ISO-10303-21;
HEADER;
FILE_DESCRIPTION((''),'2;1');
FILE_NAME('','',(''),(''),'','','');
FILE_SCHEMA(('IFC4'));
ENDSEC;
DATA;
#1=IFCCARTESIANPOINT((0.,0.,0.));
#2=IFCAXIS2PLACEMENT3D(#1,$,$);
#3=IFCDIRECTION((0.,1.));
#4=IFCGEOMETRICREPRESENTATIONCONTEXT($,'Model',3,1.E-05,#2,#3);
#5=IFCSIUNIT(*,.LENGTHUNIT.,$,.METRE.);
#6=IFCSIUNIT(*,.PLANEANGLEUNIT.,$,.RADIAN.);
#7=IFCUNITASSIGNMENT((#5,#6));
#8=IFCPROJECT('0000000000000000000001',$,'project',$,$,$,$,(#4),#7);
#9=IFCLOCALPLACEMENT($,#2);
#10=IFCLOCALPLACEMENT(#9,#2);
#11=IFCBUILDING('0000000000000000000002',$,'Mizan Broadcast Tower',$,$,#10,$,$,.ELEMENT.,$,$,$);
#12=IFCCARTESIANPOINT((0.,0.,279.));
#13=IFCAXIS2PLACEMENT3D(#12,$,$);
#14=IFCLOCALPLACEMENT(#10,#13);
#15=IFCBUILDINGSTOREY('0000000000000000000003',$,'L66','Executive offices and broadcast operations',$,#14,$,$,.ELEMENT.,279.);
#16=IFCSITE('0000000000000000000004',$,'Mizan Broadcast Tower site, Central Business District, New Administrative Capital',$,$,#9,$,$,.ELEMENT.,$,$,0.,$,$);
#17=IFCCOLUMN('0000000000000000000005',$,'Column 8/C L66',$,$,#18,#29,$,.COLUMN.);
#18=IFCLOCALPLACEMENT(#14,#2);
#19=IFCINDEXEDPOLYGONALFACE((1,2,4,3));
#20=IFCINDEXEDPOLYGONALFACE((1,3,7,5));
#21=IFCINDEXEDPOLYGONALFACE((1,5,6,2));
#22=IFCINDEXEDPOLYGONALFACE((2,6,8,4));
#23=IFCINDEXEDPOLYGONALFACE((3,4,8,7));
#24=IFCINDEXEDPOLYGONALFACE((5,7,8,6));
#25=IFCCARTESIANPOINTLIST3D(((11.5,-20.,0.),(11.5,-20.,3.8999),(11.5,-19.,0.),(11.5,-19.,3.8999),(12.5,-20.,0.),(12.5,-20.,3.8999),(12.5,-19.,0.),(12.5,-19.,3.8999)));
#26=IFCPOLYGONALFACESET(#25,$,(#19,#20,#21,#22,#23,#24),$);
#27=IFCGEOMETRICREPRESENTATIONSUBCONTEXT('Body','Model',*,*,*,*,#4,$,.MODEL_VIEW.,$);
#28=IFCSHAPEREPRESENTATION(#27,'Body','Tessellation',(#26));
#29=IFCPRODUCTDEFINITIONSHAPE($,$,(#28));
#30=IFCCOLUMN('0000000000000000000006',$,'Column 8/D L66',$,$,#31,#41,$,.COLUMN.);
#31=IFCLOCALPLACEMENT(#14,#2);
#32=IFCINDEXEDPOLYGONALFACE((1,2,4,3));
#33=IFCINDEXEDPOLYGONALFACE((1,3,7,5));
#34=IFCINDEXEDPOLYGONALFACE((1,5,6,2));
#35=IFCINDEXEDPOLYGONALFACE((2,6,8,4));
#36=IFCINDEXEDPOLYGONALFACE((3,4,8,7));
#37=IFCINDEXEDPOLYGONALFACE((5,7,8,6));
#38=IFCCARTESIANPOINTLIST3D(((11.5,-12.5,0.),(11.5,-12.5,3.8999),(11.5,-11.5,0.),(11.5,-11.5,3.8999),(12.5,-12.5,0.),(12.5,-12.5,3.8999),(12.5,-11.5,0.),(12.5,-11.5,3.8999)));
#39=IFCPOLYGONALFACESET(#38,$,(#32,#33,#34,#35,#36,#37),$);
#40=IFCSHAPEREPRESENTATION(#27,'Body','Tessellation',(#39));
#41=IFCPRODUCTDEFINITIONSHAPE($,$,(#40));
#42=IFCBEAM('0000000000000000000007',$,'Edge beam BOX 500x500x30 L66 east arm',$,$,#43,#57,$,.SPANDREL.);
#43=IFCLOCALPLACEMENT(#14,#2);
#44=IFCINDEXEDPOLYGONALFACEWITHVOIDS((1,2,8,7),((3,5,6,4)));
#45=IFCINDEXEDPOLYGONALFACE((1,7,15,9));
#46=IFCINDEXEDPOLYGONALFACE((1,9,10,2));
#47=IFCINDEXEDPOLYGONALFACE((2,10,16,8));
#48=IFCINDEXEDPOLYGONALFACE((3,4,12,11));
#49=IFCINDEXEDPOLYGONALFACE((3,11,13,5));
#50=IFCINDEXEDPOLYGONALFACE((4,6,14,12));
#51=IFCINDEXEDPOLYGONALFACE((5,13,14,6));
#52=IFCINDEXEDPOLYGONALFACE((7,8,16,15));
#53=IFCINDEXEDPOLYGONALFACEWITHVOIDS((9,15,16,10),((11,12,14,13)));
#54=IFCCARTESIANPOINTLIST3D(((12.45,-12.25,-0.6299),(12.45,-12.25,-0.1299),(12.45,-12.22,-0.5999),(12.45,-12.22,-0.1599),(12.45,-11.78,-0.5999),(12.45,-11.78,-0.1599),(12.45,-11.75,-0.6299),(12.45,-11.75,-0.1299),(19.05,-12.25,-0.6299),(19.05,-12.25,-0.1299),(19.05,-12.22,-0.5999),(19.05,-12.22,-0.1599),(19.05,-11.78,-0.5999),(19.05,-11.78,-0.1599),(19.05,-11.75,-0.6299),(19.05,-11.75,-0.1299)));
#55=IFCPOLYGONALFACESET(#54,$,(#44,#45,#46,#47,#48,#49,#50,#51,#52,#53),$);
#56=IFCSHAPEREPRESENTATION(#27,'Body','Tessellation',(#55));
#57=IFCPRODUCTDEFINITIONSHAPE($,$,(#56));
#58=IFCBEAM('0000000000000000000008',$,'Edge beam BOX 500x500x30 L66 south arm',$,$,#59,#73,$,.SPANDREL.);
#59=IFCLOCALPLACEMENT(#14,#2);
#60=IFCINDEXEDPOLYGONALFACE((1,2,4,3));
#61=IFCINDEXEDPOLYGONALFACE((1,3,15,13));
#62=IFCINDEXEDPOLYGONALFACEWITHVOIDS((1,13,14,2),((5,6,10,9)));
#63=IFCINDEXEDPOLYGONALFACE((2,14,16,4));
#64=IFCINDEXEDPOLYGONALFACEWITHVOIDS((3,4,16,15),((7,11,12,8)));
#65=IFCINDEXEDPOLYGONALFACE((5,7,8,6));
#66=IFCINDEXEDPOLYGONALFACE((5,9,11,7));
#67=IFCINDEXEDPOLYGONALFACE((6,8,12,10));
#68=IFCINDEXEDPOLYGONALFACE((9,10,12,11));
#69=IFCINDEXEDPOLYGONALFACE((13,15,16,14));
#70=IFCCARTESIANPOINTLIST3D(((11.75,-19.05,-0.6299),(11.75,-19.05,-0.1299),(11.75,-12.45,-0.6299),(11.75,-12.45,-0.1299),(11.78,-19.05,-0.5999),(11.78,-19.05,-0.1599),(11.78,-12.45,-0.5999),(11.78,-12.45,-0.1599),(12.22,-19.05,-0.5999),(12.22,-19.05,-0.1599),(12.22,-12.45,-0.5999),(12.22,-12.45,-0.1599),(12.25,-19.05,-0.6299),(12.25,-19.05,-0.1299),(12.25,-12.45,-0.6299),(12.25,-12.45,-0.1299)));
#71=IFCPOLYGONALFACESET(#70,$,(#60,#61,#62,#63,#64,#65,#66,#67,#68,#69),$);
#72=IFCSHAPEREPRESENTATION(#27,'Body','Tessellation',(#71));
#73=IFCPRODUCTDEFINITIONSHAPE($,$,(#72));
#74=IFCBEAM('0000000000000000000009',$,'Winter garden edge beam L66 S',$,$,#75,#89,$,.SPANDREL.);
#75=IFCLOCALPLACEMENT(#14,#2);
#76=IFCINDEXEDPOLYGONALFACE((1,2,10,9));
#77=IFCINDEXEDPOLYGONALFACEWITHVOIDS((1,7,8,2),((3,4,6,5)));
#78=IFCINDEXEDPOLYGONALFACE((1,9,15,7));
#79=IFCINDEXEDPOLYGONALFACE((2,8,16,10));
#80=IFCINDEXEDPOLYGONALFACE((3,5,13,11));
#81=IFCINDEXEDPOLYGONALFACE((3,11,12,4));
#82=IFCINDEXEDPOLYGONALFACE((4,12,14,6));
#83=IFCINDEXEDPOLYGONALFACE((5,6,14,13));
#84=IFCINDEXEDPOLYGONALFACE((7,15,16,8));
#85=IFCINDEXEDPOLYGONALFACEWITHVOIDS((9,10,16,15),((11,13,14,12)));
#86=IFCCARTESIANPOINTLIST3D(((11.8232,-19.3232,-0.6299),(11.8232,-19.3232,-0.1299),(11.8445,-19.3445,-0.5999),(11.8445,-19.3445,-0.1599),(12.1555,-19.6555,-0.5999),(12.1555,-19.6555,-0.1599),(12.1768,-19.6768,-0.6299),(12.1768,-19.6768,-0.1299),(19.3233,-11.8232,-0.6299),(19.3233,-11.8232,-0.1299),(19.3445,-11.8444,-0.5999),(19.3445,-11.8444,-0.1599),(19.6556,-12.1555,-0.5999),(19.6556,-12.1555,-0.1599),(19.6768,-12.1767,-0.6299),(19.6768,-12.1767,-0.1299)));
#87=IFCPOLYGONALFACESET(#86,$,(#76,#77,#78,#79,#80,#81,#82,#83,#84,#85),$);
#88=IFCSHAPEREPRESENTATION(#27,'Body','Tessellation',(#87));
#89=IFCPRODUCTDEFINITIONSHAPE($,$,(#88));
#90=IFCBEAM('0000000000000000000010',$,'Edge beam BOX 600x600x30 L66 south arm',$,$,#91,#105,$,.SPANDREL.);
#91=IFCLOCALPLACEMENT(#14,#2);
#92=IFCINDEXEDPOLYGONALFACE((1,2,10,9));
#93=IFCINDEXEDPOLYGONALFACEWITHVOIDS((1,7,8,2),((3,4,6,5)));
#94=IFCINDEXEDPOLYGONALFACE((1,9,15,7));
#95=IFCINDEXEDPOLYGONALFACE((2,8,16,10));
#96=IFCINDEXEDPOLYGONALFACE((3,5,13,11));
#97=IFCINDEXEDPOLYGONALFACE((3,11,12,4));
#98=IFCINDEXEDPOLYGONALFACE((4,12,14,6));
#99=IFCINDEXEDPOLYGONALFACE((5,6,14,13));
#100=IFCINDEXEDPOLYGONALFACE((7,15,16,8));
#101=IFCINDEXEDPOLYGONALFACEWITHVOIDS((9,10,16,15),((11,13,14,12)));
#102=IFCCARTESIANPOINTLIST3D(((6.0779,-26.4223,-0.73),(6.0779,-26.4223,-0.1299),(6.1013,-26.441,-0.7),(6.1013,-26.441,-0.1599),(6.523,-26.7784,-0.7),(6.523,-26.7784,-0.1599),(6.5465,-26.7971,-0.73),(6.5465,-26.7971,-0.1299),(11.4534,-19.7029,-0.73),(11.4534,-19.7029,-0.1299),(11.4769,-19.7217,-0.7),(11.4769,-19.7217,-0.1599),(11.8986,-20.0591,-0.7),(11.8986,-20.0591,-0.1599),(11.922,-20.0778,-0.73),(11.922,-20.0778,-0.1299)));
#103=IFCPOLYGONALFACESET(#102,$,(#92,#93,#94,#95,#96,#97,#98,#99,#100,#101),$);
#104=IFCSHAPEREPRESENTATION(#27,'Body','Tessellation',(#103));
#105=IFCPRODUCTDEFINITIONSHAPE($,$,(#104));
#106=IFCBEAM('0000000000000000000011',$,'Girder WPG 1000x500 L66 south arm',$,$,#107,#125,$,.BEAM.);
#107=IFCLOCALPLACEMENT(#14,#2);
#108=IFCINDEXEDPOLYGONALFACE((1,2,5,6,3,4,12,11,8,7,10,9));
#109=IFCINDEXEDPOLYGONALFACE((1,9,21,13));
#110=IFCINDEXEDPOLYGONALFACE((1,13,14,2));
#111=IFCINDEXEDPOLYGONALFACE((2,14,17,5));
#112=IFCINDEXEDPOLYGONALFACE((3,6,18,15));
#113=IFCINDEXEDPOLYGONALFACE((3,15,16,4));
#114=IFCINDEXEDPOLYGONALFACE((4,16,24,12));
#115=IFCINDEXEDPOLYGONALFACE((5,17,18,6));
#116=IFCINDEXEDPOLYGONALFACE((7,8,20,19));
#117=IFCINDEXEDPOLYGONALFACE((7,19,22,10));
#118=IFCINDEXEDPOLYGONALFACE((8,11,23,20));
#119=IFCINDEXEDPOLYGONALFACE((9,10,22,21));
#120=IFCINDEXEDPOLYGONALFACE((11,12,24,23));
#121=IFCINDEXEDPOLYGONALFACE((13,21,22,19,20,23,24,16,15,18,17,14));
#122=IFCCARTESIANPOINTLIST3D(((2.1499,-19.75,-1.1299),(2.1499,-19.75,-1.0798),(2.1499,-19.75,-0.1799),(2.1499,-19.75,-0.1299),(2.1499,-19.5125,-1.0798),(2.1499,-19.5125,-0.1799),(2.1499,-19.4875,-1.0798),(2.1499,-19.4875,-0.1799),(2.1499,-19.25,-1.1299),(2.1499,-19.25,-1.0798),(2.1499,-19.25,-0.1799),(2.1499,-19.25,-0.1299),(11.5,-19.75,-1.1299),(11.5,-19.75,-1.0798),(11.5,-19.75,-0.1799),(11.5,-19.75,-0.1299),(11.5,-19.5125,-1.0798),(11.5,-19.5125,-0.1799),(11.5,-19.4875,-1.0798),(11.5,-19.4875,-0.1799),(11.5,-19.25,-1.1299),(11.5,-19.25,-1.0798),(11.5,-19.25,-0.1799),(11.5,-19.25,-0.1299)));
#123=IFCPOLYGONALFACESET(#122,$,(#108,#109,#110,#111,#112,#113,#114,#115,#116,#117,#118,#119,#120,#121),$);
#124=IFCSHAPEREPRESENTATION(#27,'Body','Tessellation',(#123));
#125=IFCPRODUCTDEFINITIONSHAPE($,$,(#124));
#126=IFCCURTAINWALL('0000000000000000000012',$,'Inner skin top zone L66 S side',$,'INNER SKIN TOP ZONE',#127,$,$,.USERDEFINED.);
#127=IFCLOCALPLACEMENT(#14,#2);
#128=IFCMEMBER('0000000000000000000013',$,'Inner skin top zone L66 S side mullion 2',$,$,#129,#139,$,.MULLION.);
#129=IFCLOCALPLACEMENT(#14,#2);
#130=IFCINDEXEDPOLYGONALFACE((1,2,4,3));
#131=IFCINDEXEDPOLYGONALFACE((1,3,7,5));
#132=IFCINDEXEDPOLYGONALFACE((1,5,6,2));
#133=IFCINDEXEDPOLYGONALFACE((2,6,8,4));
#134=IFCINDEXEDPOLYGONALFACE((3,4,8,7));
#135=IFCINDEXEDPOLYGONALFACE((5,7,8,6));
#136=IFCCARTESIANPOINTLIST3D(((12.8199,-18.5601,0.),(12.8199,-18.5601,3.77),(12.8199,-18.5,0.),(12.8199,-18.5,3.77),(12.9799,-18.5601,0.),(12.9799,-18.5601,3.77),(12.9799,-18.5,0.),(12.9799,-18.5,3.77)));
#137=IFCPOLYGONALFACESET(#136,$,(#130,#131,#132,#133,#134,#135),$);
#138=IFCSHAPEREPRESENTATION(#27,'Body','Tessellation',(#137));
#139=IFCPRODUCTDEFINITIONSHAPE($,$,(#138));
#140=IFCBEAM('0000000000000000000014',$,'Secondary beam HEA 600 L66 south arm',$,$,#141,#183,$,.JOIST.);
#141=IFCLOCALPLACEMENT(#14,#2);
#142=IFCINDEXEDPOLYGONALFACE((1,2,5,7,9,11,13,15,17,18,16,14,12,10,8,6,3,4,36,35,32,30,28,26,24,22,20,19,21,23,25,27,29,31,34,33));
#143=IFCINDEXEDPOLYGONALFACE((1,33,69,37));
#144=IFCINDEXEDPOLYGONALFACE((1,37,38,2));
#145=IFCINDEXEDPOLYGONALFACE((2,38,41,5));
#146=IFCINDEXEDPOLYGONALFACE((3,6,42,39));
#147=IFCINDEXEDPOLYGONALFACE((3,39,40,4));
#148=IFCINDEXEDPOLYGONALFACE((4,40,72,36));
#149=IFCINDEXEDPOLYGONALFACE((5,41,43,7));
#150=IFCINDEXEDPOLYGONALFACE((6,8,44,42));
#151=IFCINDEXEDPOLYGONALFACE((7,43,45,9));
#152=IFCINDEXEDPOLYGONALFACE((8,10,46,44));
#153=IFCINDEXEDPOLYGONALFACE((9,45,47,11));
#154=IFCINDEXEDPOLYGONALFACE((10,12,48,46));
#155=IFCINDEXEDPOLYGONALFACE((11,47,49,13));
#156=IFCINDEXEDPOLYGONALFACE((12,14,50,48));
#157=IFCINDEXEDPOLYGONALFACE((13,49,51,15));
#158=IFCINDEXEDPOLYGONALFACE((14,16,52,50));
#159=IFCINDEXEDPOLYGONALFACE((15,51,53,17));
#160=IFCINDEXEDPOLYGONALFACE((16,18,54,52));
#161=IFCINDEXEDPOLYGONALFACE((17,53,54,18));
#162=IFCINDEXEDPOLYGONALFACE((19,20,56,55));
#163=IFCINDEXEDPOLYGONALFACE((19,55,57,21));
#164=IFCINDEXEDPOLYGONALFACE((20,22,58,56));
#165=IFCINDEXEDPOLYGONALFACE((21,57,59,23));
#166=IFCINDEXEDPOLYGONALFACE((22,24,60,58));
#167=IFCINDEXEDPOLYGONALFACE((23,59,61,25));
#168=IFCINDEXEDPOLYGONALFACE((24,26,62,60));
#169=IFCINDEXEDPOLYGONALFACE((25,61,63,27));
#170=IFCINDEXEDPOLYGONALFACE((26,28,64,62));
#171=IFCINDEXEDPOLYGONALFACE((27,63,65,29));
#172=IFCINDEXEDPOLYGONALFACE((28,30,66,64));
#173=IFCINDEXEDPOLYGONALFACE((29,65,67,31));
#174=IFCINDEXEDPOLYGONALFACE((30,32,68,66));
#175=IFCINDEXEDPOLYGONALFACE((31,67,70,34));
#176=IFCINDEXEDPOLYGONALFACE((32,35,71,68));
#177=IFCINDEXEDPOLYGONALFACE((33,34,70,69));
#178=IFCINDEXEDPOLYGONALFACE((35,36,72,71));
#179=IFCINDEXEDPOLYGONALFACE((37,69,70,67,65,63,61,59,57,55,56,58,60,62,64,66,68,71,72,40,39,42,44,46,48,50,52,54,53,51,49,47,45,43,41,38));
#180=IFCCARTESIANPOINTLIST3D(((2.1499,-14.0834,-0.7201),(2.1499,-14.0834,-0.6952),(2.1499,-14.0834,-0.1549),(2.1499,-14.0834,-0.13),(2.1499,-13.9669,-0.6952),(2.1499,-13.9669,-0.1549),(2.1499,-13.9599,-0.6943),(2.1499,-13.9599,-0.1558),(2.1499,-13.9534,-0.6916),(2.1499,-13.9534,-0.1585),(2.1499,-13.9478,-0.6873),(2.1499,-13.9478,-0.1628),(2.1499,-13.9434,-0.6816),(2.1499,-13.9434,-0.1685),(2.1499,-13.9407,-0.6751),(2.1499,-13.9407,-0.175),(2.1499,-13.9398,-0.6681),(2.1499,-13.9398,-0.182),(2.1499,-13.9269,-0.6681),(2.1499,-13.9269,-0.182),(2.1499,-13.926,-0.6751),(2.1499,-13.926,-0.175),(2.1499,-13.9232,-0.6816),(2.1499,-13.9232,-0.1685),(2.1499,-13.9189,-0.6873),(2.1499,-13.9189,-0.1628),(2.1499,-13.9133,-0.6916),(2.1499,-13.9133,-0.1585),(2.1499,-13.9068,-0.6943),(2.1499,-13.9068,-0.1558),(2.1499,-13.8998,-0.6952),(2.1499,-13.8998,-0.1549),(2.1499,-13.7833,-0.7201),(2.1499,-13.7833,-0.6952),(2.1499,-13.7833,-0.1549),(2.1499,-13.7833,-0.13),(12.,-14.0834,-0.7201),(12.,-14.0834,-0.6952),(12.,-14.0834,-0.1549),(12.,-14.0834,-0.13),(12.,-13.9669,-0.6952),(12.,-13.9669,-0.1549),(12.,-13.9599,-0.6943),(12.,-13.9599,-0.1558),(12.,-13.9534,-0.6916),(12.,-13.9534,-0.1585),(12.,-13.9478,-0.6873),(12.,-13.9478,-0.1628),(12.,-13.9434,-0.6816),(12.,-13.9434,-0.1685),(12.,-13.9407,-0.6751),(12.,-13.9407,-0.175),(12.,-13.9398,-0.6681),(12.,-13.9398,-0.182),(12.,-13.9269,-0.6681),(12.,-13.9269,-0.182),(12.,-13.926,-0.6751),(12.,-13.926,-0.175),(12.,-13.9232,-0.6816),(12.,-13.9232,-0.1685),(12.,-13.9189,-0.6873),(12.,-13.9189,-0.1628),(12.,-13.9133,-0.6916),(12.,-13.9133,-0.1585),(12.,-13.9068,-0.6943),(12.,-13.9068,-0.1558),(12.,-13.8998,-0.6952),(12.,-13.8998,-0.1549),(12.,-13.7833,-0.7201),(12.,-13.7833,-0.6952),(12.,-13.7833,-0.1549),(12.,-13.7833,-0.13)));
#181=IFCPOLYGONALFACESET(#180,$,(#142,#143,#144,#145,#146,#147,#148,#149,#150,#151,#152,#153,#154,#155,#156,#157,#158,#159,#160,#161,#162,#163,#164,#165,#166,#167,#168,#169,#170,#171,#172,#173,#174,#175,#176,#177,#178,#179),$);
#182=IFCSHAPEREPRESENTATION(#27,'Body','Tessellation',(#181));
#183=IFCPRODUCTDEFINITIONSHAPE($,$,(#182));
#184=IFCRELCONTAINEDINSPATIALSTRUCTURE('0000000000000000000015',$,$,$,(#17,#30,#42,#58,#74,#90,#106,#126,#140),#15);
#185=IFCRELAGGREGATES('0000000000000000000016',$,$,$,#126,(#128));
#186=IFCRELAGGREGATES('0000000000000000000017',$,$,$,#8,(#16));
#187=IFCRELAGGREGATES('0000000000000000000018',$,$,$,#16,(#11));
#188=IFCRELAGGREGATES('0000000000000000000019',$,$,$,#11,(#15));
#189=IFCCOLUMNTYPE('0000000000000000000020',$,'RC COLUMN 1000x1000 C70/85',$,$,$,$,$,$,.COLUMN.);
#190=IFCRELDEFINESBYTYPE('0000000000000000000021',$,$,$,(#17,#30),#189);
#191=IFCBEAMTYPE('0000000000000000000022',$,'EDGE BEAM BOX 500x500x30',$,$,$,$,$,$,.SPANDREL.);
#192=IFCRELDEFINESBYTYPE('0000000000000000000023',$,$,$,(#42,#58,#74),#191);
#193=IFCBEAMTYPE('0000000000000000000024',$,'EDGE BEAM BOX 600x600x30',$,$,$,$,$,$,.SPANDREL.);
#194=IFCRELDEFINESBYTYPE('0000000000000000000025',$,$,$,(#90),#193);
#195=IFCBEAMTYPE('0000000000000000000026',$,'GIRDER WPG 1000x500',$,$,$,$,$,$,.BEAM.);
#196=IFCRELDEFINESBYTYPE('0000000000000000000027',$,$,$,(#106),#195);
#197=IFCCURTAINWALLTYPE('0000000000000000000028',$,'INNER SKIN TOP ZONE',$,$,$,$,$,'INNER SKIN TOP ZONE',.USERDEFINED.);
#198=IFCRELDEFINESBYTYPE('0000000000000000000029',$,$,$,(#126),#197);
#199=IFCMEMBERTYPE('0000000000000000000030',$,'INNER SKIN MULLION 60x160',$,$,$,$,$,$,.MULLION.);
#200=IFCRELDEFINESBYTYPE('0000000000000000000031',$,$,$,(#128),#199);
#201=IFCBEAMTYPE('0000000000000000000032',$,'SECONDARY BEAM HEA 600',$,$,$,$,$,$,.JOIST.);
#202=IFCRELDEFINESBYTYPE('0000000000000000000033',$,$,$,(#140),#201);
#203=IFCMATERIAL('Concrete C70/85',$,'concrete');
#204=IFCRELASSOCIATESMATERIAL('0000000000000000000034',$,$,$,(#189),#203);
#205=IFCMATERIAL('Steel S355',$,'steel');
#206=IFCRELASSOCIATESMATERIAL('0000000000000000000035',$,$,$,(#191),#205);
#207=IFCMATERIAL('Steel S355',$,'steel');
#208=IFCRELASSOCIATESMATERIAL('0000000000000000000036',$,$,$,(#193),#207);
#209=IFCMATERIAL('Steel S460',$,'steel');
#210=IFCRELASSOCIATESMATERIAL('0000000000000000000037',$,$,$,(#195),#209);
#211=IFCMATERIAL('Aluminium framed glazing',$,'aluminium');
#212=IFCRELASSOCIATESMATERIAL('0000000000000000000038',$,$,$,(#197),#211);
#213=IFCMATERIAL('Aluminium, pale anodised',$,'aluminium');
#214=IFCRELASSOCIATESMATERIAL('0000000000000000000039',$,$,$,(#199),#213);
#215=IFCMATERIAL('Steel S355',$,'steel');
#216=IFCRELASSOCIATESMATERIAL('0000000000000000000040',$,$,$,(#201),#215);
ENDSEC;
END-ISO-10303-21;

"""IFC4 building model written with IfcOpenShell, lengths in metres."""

from ifc_helpers import new_model, si_unit, direction, frame, origin, origin_2d, place, context, subcontext, project, spatial, rectangle, hollow_rectangle, i_section, extrude, material, material_profile, profile_set, type_object, element, aggregate, save


model = new_model("IFC4")

# Units and contexts
model_context = context("Model", 3, precision=1e-05, world=origin(), true_north=direction((0.0, 1.0)))
body_context = subcontext(model_context, "Body", "Model", "MODEL_VIEW")
ifc_project = project(units=[si_unit("LENGTHUNIT", "METRE"), si_unit("PLANEANGLEUNIT", "RADIAN")], contexts=[model_context])

# Site, building, storey
site_placement = place(None, origin())
site = spatial("IfcSite", under=ifc_project, at=site_placement, Name="Mizan Broadcast Tower site, Central Business District, New Administrative Capital", CompositionType="ELEMENT", RefElevation=0.0)
building_placement = place(site_placement, origin())
building = spatial("IfcBuilding", under=site, at=building_placement, Name="Mizan Broadcast Tower", CompositionType="ELEMENT")
storey_placement = place(building_placement, frame((0.0, 0.0, 279.0)))
storey = spatial("IfcBuildingStorey", under=building, at=storey_placement, Name="L66", Description="Executive offices and broadcast operations", CompositionType="ELEMENT", Elevation=279.0)

# Columns
ifc_material_1 = material(Name="Concrete C70/85", Category="concrete")
ifc_material_profile_1 = material_profile(ifc_material_1, rectangle(XDim=1.0, YDim=1.0, at=origin_2d()), Name="RC 1000x1000")
ifc_profile_set_1 = profile_set([ifc_material_profile_1], Name="Concrete C70/85")
column_type = type_object("IfcColumnType", Name="RC COLUMN 1000x1000 C70/85", PredefinedType="COLUMN", material=ifc_profile_set_1)
for number, where, z_axis, x_axis, name in (
    (1, (12.0, -19.5, 0.0), (0.0, 0.0, 1.0), (1.0, 0.0, 0.0), "Column 8/C L66"),
    (2, (12.0, -12.0, 0.0), (0.0, 0.0, 1.0), (1.0, 0.0, 0.0), "Column 8/D L66"),
):
    element("IfcColumn", number, at=place(storey_placement, frame(where, z_axis=z_axis, x_axis=x_axis)), inside=storey, type_object=column_type, Name=name, PredefinedType="COLUMN", context=body_context, shape_type="SweptSolid", body=[
        extrude(rectangle(XDim=1.0, YDim=1.0, at=origin_2d()), origin(), (0.0, 0.0, 1.0), 3.8999),
    ])

# Beams
ifc_material_2 = material(Name="Steel S355", Category="steel")
ifc_material_profile_2 = material_profile(ifc_material_2, hollow_rectangle(XDim=0.5, YDim=0.5, WallThickness=0.03, at=origin_2d()), Name="BOX 500x500x30")
ifc_profile_set_2 = profile_set([ifc_material_profile_2], Name="Steel S355")
beam_type_1 = type_object("IfcBeamType", Name="EDGE BEAM BOX 500x500x30", PredefinedType="SPANDREL", material=ifc_profile_set_2)
for number, where, z_axis, x_axis, name in (
    (3, (12.45, -12.0, -0.3799), (1.0, 0.0, 0.0), (0.0, 1.0, 0.0), "Edge beam BOX 500x500x30 L66 east arm"),
    (4, (12.0, -12.45, -0.3799), (0.0, -1.0, 0.0), (1.0, 0.0, 0.0), "Edge beam BOX 500x500x30 L66 south arm"),
):
    element("IfcBeam", number, at=place(storey_placement, frame(where, z_axis=z_axis, x_axis=x_axis)), inside=storey, type_object=beam_type_1, Name=name, PredefinedType="SPANDREL", context=body_context, shape_type="SweptSolid", body=[
        extrude(hollow_rectangle(XDim=0.5, YDim=0.5, WallThickness=0.03, at=origin_2d()), origin(), (0.0, 0.0, 1.0), 6.6001),
    ])
beam_1_placement = place(storey_placement, frame((12.0, -19.5, -0.3799), z_axis=(0.707107, 0.707107, 0.0), x_axis=(-0.707107, 0.707107, 0.0)))
element("IfcBeam", 5, at=beam_1_placement, inside=storey, type_object=beam_type_1, Name="Winter garden edge beam L66 S", PredefinedType="SPANDREL", context=body_context, shape_type="SweptSolid", body=[
    extrude(hollow_rectangle(XDim=0.5, YDim=0.5, WallThickness=0.03, at=origin_2d()), origin(), (0.0, 0.0, 1.0), 10.6067),
])
ifc_material_3 = material(Name="Steel S355", Category="steel")
ifc_material_profile_3 = material_profile(ifc_material_3, hollow_rectangle(XDim=0.6001, YDim=0.6001, WallThickness=0.03, at=origin_2d()), Name="BOX 600x600x30")
ifc_profile_set_3 = profile_set([ifc_material_profile_3], Name="Steel S355")
beam_type_2 = type_object("IfcBeamType", Name="EDGE BEAM BOX 600x600x30", PredefinedType="SPANDREL", material=ifc_profile_set_3)
beam_2_placement = place(storey_placement, frame((11.6877, -19.8904, -0.4299), z_axis=(-0.624702, -0.780863, 0.0), x_axis=(0.780863, -0.624702, 0.0)))
element("IfcBeam", 6, at=beam_2_placement, inside=storey, type_object=beam_type_2, Name="Edge beam BOX 600x600x30 L66 south arm", PredefinedType="SPANDREL", context=body_context, shape_type="SweptSolid", body=[
    extrude(hollow_rectangle(XDim=0.6001, YDim=0.6001, WallThickness=0.03, at=origin_2d()), origin(), (0.0, 0.0, 1.0), 8.605),
])
ifc_material_4 = material(Name="Steel S460", Category="steel")
ifc_material_profile_4 = material_profile(ifc_material_4, i_section(OverallWidth=0.5, OverallDepth=1.0, WebThickness=0.0249, FlangeThickness=0.05, at=origin_2d()), Name="WPG 1000x500")
ifc_profile_set_4 = profile_set([ifc_material_profile_4], Name="Steel S460")
beam_type_3 = type_object("IfcBeamType", Name="GIRDER WPG 1000x500", PredefinedType="BEAM", material=ifc_profile_set_4)
beam_3_placement = place(storey_placement, frame((11.5, -19.5, -0.6299), z_axis=(-1.0, 0.0, 0.0), x_axis=(0.0, -1.0, 0.0)))
element("IfcBeam", 7, at=beam_3_placement, inside=storey, type_object=beam_type_3, Name="Girder WPG 1000x500 L66 south arm", PredefinedType="BEAM", context=body_context, shape_type="SweptSolid", body=[
    extrude(i_section(OverallWidth=0.5, OverallDepth=1.0, WebThickness=0.0249, FlangeThickness=0.05, at=origin_2d()), origin(), (0.0, 0.0, 1.0), 9.3501),
])

# Curtain wall, member
ifc_material_5 = material(Name="Aluminium framed glazing", Category="aluminium")
curtain_wall_type = type_object("IfcCurtainWallType", Name="INNER SKIN TOP ZONE", ElementType="INNER SKIN TOP ZONE", PredefinedType="USERDEFINED", material=ifc_material_5)
curtain_wall_placement = place(storey_placement, origin())
curtain_wall = element("IfcCurtainWall", 8, at=curtain_wall_placement, inside=storey, type_object=curtain_wall_type, Name="Inner skin top zone L66 S side", ObjectType="INNER SKIN TOP ZONE", PredefinedType="USERDEFINED")
ifc_material_6 = material(Name="Aluminium, pale anodised", Category="aluminium")
ifc_material_profile_5 = material_profile(ifc_material_6, rectangle(XDim=0.1599, YDim=0.0601, at=origin_2d()), Name="MULLION 160x60")
ifc_profile_set_5 = profile_set([ifc_material_profile_5], Name="Aluminium, pale anodised")
member_type = type_object("IfcMemberType", Name="INNER SKIN MULLION 60x160", PredefinedType="MULLION", material=ifc_profile_set_5)
member_placement = place(storey_placement, frame((12.8999, -18.53, 0.0), z_axis=(0.0, 0.0, 1.0), x_axis=(-1.0, 0.0, 0.0)))
member = element("IfcMember", 9, at=member_placement, type_object=member_type, Name="Inner skin top zone L66 S side mullion 2", PredefinedType="MULLION", context=body_context, shape_type="SweptSolid", body=[
    extrude(rectangle(XDim=0.1599, YDim=0.0601, at=origin_2d()), origin(), (0.0, 0.0, 1.0), 3.77),
])

# Beam
ifc_material_7 = material(Name="Steel S355", Category="steel")
ifc_material_profile_6 = material_profile(ifc_material_7, i_section(OverallWidth=0.3, OverallDepth=0.5901, WebThickness=0.0129, FlangeThickness=0.0249, FilletRadius=0.0271, at=origin_2d()), Name="HEA 600")
ifc_profile_set_6 = profile_set([ifc_material_profile_6], Name="Steel S355")
beam_type_4 = type_object("IfcBeamType", Name="SECONDARY BEAM HEA 600", PredefinedType="JOIST", material=ifc_profile_set_6)
for number, where, z_axis, x_axis, name in (
    (10, (12.0, -13.9333, -0.425), (-1.0, 0.0, 0.0), (0.0, -1.0, 0.0), "Secondary beam HEA 600 L66 south arm"),
):
    element("IfcBeam", number, at=place(storey_placement, frame(where, z_axis=z_axis, x_axis=x_axis)), inside=storey, type_object=beam_type_4, Name=name, PredefinedType="JOIST", context=body_context, shape_type="SweptSolid", body=[
        extrude(i_section(OverallWidth=0.3, OverallDepth=0.5901, WebThickness=0.0129, FlangeThickness=0.0249, FilletRadius=0.0271, at=origin_2d()), origin(), (0.0, 0.0, 1.0), 9.8501),
    ])

aggregate(curtain_wall, [member])

save(model, "model.ifc")
